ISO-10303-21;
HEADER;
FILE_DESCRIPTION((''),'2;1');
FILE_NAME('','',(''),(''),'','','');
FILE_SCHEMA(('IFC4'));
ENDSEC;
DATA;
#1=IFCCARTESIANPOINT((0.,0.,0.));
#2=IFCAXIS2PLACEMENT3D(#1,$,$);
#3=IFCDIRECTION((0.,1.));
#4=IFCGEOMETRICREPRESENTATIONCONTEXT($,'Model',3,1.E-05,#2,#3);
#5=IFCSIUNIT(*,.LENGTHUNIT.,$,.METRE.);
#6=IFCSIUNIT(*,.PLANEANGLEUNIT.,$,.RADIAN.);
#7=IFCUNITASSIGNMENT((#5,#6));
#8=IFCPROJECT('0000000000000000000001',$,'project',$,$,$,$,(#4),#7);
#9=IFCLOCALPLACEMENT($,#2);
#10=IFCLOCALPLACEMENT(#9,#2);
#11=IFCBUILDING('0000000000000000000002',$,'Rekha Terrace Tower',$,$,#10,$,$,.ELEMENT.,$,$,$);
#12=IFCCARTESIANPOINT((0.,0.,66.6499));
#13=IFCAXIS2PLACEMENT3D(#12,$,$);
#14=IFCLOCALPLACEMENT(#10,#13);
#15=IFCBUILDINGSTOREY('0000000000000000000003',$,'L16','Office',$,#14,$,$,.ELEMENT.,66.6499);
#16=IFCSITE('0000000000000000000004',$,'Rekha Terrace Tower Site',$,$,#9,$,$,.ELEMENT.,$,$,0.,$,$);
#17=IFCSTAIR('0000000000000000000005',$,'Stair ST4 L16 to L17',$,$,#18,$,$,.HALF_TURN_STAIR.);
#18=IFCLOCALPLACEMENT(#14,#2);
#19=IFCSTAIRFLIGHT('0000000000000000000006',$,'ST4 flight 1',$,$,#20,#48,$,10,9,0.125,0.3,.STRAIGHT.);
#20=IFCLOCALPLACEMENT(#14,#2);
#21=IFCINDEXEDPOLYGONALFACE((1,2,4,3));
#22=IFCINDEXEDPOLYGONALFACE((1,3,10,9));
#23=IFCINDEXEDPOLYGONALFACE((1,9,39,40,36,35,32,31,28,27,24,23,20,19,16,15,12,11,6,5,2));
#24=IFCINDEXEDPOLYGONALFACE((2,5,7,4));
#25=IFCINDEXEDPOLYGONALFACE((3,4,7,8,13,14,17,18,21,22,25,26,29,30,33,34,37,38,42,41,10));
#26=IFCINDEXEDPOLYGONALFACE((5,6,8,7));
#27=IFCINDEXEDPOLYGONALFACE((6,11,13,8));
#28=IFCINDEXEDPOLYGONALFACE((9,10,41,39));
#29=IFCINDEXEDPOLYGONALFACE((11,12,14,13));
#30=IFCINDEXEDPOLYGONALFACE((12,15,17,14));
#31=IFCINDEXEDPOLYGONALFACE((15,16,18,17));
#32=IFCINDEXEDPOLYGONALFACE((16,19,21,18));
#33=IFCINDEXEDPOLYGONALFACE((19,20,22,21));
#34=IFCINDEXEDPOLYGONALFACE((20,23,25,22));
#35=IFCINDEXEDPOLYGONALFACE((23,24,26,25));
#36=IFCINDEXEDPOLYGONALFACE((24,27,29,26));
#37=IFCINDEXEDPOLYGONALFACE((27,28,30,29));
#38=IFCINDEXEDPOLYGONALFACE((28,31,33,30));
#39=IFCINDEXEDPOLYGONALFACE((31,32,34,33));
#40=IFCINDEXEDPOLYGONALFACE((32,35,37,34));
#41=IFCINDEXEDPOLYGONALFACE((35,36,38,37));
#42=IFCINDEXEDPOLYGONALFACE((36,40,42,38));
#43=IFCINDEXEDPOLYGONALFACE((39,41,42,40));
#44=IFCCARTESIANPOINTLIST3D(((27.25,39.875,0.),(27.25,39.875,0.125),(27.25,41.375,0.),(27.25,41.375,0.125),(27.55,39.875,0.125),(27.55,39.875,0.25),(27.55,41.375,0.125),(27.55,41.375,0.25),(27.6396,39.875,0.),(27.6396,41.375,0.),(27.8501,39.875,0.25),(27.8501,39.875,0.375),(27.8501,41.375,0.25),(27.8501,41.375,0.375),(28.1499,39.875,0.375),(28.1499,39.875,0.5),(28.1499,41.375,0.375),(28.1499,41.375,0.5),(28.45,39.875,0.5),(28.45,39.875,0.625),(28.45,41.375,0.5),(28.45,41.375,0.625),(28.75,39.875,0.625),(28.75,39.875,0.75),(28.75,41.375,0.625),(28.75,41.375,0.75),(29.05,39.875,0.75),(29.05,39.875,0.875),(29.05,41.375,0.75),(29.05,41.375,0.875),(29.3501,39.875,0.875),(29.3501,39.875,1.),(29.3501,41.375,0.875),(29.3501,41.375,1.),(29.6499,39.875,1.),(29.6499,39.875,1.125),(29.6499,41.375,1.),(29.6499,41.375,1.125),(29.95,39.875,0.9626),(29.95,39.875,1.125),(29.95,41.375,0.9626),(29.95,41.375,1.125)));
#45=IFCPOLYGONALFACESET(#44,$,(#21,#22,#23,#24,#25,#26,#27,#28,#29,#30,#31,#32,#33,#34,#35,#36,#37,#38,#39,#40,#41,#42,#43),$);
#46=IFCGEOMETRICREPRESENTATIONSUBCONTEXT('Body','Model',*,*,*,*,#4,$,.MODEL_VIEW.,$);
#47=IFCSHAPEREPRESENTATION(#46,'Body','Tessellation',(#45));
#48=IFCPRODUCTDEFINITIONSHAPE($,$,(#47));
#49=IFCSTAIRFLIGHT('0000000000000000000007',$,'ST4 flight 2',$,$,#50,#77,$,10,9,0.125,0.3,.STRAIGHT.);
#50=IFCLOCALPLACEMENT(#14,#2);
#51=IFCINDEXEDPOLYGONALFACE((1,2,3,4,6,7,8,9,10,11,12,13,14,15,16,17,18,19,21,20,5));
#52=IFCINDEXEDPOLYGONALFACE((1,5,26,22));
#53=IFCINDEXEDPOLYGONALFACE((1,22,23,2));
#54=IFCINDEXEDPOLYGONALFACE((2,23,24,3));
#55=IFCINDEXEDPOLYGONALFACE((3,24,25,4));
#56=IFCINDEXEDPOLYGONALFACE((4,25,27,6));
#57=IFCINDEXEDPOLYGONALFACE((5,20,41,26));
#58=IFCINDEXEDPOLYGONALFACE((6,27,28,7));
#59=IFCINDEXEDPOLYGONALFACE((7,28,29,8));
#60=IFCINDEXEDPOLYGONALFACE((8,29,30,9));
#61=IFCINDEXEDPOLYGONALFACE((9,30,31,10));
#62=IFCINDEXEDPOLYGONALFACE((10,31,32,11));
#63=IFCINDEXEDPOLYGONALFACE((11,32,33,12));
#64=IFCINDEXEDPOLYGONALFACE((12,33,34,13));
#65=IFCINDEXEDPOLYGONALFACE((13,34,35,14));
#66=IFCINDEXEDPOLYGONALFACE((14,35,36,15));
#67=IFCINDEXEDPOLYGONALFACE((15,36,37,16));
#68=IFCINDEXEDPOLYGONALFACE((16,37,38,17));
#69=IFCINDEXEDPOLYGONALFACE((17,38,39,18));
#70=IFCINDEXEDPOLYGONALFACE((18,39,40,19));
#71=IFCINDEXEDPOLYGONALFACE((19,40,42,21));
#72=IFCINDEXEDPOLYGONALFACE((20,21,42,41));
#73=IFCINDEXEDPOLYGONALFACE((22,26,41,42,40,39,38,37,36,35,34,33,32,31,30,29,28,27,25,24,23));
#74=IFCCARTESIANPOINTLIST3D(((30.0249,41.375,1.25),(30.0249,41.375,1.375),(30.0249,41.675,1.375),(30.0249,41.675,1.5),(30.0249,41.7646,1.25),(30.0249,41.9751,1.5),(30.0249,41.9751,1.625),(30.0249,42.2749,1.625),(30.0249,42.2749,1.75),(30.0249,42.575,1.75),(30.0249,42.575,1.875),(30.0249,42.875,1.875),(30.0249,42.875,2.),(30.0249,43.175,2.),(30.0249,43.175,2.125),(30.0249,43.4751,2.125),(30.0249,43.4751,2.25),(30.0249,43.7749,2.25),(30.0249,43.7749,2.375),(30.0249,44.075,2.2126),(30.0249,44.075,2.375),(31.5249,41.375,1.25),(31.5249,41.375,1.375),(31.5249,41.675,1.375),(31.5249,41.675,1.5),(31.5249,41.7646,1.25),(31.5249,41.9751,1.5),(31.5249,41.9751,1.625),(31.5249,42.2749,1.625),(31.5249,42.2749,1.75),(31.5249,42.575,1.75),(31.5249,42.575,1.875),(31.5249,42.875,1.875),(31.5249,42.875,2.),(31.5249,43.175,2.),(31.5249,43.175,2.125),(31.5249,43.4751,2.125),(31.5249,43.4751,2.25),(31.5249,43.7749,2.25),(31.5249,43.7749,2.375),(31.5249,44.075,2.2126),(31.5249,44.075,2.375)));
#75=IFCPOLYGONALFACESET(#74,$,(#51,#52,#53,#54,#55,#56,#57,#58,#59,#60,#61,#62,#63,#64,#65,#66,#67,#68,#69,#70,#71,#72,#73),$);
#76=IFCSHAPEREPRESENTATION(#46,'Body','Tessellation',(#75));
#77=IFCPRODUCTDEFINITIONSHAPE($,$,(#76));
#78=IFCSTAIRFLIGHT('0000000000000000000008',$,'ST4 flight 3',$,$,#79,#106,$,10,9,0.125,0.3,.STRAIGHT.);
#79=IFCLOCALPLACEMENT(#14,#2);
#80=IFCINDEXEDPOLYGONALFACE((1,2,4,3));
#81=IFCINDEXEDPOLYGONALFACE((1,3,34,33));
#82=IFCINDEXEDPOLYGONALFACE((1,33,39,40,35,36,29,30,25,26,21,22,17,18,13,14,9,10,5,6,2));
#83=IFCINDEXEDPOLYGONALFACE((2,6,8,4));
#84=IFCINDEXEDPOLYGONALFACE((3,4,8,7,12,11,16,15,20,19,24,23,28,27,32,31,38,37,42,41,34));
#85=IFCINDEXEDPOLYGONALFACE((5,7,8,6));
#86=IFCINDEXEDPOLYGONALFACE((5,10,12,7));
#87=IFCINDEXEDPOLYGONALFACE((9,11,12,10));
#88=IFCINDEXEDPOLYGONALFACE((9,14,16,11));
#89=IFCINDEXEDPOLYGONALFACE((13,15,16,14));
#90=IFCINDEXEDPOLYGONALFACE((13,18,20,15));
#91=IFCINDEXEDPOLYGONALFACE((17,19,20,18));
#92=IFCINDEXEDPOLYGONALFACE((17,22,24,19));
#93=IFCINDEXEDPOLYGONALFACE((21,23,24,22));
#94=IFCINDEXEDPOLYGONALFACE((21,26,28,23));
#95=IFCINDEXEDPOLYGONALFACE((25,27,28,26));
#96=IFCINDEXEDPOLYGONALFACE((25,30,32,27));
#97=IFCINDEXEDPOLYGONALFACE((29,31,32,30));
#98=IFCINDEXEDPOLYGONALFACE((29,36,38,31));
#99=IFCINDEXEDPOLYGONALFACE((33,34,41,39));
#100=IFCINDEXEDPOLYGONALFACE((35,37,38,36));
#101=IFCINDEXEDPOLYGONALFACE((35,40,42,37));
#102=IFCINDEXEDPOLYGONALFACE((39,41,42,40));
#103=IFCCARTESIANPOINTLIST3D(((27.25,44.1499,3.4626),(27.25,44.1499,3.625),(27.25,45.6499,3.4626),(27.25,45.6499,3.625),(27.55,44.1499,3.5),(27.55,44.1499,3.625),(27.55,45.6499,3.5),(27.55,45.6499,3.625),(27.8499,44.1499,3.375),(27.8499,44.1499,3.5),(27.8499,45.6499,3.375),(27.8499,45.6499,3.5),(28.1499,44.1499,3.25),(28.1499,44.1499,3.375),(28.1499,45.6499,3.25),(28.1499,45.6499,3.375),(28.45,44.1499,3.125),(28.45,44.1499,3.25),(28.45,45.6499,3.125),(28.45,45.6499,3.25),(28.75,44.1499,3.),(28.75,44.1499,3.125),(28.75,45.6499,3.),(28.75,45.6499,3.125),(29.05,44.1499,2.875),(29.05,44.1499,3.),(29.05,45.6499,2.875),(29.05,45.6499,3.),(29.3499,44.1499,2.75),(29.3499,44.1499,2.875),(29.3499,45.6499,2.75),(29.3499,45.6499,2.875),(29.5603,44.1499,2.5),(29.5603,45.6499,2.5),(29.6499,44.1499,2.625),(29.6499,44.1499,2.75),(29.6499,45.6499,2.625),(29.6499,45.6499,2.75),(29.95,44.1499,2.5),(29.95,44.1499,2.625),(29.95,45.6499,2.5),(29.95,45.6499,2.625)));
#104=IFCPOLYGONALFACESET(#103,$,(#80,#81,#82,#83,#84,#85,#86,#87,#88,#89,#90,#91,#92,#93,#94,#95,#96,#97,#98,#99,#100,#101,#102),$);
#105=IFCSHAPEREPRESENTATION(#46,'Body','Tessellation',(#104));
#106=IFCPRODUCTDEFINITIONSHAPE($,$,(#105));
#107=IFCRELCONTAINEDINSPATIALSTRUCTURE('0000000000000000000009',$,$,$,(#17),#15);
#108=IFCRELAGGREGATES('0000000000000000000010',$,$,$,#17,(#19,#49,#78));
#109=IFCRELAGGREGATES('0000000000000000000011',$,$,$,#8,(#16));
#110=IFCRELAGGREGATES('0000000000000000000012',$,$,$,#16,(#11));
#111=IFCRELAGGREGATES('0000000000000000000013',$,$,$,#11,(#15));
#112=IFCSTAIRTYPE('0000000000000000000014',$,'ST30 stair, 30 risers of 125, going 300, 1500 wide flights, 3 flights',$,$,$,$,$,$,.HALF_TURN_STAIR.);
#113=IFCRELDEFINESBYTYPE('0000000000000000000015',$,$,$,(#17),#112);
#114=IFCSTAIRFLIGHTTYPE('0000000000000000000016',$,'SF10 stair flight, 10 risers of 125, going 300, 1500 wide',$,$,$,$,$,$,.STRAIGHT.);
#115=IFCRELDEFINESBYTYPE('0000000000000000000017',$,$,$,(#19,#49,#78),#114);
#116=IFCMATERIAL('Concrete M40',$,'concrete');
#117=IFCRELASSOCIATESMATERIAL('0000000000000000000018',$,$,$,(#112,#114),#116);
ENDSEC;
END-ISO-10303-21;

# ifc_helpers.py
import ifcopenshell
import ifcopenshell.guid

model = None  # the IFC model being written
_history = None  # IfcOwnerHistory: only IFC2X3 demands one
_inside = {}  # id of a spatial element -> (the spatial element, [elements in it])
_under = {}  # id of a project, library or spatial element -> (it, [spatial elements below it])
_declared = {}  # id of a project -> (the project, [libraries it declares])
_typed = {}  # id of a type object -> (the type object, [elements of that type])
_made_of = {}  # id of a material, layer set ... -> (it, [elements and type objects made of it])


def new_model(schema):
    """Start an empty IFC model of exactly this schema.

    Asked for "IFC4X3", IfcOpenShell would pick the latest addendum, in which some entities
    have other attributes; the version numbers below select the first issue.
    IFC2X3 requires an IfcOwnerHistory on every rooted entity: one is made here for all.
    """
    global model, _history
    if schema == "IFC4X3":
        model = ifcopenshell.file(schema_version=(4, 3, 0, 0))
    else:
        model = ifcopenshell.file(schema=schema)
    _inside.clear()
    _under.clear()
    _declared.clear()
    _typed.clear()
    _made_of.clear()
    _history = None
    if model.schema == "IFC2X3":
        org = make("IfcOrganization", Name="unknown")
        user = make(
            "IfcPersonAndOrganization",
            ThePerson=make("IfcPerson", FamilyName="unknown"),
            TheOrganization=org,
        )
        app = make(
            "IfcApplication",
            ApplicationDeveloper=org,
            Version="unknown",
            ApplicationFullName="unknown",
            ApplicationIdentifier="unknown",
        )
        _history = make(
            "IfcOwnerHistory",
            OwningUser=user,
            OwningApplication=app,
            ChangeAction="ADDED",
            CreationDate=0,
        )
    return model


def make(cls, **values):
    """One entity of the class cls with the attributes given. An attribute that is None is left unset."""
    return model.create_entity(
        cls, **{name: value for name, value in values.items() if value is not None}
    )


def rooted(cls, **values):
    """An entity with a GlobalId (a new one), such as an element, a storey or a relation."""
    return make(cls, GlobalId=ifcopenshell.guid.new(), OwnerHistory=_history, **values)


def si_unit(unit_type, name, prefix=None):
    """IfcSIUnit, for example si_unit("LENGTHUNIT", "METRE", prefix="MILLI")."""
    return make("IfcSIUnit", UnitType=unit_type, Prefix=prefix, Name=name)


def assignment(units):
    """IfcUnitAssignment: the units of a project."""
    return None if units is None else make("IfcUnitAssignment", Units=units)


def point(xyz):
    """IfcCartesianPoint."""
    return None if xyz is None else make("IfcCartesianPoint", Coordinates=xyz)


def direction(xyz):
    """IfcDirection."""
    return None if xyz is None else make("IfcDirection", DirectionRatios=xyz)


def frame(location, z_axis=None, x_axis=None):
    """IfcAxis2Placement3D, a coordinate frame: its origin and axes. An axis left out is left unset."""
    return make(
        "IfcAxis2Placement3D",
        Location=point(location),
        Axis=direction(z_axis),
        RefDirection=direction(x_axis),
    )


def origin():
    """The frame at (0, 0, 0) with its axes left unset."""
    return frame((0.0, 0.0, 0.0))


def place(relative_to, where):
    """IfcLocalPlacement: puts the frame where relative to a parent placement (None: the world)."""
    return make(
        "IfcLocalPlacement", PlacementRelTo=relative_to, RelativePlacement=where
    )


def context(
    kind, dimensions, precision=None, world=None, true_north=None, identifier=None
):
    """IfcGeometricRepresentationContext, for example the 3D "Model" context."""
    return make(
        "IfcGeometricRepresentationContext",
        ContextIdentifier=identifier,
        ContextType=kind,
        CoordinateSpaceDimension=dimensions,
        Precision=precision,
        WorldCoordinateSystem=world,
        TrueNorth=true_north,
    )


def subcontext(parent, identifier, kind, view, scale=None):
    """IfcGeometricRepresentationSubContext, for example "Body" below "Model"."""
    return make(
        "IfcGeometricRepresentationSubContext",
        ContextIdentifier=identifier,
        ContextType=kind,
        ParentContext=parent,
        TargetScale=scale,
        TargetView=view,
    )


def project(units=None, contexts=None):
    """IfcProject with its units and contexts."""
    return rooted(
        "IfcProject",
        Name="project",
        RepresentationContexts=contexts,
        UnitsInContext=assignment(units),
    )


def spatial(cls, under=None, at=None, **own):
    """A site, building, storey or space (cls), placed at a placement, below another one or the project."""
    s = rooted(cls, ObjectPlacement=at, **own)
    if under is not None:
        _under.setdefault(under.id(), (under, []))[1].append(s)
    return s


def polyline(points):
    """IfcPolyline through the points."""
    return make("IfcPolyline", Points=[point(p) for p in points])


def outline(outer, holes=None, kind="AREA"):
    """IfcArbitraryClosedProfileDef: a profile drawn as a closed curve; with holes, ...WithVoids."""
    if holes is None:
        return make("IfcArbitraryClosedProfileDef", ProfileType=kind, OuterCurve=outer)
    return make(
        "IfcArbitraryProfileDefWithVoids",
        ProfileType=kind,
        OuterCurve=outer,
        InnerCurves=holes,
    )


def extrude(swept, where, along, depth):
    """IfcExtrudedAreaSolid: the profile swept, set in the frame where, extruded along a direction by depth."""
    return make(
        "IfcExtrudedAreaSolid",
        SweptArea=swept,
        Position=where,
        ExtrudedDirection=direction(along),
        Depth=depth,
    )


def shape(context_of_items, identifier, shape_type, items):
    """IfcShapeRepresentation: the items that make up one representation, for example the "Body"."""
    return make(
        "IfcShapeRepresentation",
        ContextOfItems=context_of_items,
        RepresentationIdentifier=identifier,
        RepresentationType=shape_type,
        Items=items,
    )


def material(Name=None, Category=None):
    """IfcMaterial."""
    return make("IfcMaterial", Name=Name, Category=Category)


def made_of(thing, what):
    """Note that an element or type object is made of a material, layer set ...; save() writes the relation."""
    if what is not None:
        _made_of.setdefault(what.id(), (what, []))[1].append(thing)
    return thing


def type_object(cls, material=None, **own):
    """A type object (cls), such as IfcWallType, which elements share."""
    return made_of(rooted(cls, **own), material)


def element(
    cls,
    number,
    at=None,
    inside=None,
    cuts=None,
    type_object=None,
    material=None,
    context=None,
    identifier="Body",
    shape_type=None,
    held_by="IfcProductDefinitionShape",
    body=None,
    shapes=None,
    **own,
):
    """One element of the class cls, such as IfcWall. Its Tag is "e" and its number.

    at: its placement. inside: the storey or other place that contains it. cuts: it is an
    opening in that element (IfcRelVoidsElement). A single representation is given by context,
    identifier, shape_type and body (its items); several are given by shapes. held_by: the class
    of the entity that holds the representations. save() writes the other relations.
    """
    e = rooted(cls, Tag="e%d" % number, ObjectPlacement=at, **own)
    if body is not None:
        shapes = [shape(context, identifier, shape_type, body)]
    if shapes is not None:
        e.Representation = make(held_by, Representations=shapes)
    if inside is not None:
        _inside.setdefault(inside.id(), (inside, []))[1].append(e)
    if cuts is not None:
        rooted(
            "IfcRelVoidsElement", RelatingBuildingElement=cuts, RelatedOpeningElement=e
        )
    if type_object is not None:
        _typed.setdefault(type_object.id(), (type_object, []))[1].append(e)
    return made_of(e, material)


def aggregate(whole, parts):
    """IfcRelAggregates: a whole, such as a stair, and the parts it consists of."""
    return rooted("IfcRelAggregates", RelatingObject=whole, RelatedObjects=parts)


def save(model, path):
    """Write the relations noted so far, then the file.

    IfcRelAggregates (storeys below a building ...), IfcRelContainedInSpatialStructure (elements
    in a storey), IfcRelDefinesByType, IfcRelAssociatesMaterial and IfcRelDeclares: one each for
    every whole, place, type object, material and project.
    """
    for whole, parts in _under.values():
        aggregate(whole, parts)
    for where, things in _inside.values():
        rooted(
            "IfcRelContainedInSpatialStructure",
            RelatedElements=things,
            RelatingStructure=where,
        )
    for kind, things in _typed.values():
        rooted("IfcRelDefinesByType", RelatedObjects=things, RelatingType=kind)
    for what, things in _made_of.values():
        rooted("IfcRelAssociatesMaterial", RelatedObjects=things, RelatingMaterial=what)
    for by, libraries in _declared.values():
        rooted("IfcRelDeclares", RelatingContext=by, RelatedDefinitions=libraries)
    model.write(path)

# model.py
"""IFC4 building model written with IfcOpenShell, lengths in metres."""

from ifc_helpers import new_model, si_unit, direction, frame, origin, place, context, subcontext, project, spatial, polyline, outline, extrude, material, type_object, element, aggregate, save


model = new_model("IFC4")

# Units and contexts
model_context = context("Model", 3, precision=1e-05, world=origin(), true_north=direction((0.0, 1.0)))
body_context = subcontext(model_context, "Body", "Model", "MODEL_VIEW")
ifc_project = project(units=[si_unit("LENGTHUNIT", "METRE"), si_unit("PLANEANGLEUNIT", "RADIAN")], contexts=[model_context])

# Site, building, storey
site_placement = place(None, origin())
site = spatial("IfcSite", under=ifc_project, at=site_placement, Name="Rekha Terrace Tower Site", CompositionType="ELEMENT", RefElevation=0.0)
building_placement = place(site_placement, origin())
building = spatial("IfcBuilding", under=site, at=building_placement, Name="Rekha Terrace Tower", CompositionType="ELEMENT")
storey_placement = place(building_placement, frame((0.0, 0.0, 66.6499)))
storey = spatial("IfcBuildingStorey", under=building, at=storey_placement, Name="L16", Description="Office", CompositionType="ELEMENT", Elevation=66.6499)

# Stair, stair flights
ifc_material_1 = material(Name="Concrete M40", Category="concrete")
stair_type = type_object("IfcStairType", Name="ST30 stair, 30 risers of 125, going 300, 1500 wide flights, 3 flights", PredefinedType="HALF_TURN_STAIR", material=ifc_material_1)
stair_placement = place(storey_placement, origin())
stair = element("IfcStair", 1, at=stair_placement, inside=storey, type_object=stair_type, Name="Stair ST4 L16 to L17", PredefinedType="HALF_TURN_STAIR")
stair_flight_type = type_object("IfcStairFlightType", Name="SF10 stair flight, 10 risers of 125, going 300, 1500 wide", PredefinedType="STRAIGHT", material=ifc_material_1)
stair_flight_1_placement = place(storey_placement, frame((27.25, 40.625, 0.0), z_axis=(0.0, 0.0, 1.0), x_axis=(1.0, 0.0, 0.0)))
stair_flight_1 = element("IfcStairFlight", 2, at=stair_flight_1_placement, type_object=stair_flight_type, Name="ST4 flight 1", NumberOfRisers=10, NumberOfTreads=9, PredefinedType="STRAIGHT", RiserHeight=0.125, TreadLength=0.3, context=body_context, shape_type="SweptSolid", body=[
    extrude(outline(polyline([(0.0, 0.0), (0.0, 0.125), (0.3, 0.125), (0.3, 0.25), (0.6001, 0.25), (0.6001, 0.375), (0.8999, 0.375), (0.8999, 0.5), (1.2, 0.5), (1.2, 0.625), (1.5, 0.625), (1.5, 0.75), (1.8, 0.75), (1.8, 0.875), (2.1001, 0.875), (2.1001, 1.0), (2.3999, 1.0), (2.3999, 1.125), (2.7, 1.125), (2.7, 1.25), (2.7, 0.9626), (0.3896, 0.0), (0.0, 0.0)])), frame((0.0, 0.75, 0.0), z_axis=(0.0, -1.0, 0.0), x_axis=(1.0, 0.0, 0.0)), (0.0, 0.0, 1.0), 1.5),
])
stair_flight_2_placement = place(storey_placement, frame((30.7749, 41.375, 1.25), z_axis=(0.0, 0.0, 1.0), x_axis=(0.0, 1.0, 0.0)))
stair_flight_2 = element("IfcStairFlight", 3, at=stair_flight_2_placement, type_object=stair_flight_type, Name="ST4 flight 2", NumberOfRisers=10, NumberOfTreads=9, PredefinedType="STRAIGHT", RiserHeight=0.125, TreadLength=0.3, context=body_context, shape_type="SweptSolid", body=[
    extrude(outline(polyline([(0.0, 0.0), (0.0, 0.125), (0.3, 0.125), (0.3, 0.25), (0.6001, 0.25), (0.6001, 0.375), (0.8999, 0.375), (0.8999, 0.5), (1.2, 0.5), (1.2, 0.625), (1.5, 0.625), (1.5, 0.75), (1.8, 0.75), (1.8, 0.875), (2.1001, 0.875), (2.1001, 1.0), (2.3999, 1.0), (2.3999, 1.125), (2.7, 1.125), (2.7, 1.25), (2.7, 0.9626), (0.3896, 0.0), (0.0, 0.0)])), frame((0.0, 0.75, 0.0), z_axis=(0.0, -1.0, 0.0), x_axis=(1.0, 0.0, 0.0)), (0.0, 0.0, 1.0), 1.5),
])
stair_flight_3_placement = place(storey_placement, frame((29.95, 44.8999, 2.5), z_axis=(0.0, 0.0, 1.0), x_axis=(-1.0, 0.0, 0.0)))
stair_flight_3 = element("IfcStairFlight", 4, at=stair_flight_3_placement, type_object=stair_flight_type, Name="ST4 flight 3", NumberOfRisers=10, NumberOfTreads=9, PredefinedType="STRAIGHT", RiserHeight=0.125, TreadLength=0.3, context=body_context, shape_type="SweptSolid", body=[
    extrude(outline(polyline([(0.0, 0.0), (0.0, 0.125), (0.3, 0.125), (0.3, 0.25), (0.6001, 0.25), (0.6001, 0.375), (0.8999, 0.375), (0.8999, 0.5), (1.2, 0.5), (1.2, 0.625), (1.5, 0.625), (1.5, 0.75), (1.8, 0.75), (1.8, 0.875), (2.1001, 0.875), (2.1001, 1.0), (2.3999, 1.0), (2.3999, 1.125), (2.7, 1.125), (2.7, 1.25), (2.7, 0.9626), (0.3896, 0.0), (0.0, 0.0)])), frame((0.0, 0.75, 0.0), z_axis=(0.0, -1.0, 0.0), x_axis=(1.0, 0.0, 0.0)), (0.0, 0.0, 1.0), 1.5),
])
aggregate(stair, [stair_flight_1, stair_flight_2, stair_flight_3])

save(model, "model.ifc")
